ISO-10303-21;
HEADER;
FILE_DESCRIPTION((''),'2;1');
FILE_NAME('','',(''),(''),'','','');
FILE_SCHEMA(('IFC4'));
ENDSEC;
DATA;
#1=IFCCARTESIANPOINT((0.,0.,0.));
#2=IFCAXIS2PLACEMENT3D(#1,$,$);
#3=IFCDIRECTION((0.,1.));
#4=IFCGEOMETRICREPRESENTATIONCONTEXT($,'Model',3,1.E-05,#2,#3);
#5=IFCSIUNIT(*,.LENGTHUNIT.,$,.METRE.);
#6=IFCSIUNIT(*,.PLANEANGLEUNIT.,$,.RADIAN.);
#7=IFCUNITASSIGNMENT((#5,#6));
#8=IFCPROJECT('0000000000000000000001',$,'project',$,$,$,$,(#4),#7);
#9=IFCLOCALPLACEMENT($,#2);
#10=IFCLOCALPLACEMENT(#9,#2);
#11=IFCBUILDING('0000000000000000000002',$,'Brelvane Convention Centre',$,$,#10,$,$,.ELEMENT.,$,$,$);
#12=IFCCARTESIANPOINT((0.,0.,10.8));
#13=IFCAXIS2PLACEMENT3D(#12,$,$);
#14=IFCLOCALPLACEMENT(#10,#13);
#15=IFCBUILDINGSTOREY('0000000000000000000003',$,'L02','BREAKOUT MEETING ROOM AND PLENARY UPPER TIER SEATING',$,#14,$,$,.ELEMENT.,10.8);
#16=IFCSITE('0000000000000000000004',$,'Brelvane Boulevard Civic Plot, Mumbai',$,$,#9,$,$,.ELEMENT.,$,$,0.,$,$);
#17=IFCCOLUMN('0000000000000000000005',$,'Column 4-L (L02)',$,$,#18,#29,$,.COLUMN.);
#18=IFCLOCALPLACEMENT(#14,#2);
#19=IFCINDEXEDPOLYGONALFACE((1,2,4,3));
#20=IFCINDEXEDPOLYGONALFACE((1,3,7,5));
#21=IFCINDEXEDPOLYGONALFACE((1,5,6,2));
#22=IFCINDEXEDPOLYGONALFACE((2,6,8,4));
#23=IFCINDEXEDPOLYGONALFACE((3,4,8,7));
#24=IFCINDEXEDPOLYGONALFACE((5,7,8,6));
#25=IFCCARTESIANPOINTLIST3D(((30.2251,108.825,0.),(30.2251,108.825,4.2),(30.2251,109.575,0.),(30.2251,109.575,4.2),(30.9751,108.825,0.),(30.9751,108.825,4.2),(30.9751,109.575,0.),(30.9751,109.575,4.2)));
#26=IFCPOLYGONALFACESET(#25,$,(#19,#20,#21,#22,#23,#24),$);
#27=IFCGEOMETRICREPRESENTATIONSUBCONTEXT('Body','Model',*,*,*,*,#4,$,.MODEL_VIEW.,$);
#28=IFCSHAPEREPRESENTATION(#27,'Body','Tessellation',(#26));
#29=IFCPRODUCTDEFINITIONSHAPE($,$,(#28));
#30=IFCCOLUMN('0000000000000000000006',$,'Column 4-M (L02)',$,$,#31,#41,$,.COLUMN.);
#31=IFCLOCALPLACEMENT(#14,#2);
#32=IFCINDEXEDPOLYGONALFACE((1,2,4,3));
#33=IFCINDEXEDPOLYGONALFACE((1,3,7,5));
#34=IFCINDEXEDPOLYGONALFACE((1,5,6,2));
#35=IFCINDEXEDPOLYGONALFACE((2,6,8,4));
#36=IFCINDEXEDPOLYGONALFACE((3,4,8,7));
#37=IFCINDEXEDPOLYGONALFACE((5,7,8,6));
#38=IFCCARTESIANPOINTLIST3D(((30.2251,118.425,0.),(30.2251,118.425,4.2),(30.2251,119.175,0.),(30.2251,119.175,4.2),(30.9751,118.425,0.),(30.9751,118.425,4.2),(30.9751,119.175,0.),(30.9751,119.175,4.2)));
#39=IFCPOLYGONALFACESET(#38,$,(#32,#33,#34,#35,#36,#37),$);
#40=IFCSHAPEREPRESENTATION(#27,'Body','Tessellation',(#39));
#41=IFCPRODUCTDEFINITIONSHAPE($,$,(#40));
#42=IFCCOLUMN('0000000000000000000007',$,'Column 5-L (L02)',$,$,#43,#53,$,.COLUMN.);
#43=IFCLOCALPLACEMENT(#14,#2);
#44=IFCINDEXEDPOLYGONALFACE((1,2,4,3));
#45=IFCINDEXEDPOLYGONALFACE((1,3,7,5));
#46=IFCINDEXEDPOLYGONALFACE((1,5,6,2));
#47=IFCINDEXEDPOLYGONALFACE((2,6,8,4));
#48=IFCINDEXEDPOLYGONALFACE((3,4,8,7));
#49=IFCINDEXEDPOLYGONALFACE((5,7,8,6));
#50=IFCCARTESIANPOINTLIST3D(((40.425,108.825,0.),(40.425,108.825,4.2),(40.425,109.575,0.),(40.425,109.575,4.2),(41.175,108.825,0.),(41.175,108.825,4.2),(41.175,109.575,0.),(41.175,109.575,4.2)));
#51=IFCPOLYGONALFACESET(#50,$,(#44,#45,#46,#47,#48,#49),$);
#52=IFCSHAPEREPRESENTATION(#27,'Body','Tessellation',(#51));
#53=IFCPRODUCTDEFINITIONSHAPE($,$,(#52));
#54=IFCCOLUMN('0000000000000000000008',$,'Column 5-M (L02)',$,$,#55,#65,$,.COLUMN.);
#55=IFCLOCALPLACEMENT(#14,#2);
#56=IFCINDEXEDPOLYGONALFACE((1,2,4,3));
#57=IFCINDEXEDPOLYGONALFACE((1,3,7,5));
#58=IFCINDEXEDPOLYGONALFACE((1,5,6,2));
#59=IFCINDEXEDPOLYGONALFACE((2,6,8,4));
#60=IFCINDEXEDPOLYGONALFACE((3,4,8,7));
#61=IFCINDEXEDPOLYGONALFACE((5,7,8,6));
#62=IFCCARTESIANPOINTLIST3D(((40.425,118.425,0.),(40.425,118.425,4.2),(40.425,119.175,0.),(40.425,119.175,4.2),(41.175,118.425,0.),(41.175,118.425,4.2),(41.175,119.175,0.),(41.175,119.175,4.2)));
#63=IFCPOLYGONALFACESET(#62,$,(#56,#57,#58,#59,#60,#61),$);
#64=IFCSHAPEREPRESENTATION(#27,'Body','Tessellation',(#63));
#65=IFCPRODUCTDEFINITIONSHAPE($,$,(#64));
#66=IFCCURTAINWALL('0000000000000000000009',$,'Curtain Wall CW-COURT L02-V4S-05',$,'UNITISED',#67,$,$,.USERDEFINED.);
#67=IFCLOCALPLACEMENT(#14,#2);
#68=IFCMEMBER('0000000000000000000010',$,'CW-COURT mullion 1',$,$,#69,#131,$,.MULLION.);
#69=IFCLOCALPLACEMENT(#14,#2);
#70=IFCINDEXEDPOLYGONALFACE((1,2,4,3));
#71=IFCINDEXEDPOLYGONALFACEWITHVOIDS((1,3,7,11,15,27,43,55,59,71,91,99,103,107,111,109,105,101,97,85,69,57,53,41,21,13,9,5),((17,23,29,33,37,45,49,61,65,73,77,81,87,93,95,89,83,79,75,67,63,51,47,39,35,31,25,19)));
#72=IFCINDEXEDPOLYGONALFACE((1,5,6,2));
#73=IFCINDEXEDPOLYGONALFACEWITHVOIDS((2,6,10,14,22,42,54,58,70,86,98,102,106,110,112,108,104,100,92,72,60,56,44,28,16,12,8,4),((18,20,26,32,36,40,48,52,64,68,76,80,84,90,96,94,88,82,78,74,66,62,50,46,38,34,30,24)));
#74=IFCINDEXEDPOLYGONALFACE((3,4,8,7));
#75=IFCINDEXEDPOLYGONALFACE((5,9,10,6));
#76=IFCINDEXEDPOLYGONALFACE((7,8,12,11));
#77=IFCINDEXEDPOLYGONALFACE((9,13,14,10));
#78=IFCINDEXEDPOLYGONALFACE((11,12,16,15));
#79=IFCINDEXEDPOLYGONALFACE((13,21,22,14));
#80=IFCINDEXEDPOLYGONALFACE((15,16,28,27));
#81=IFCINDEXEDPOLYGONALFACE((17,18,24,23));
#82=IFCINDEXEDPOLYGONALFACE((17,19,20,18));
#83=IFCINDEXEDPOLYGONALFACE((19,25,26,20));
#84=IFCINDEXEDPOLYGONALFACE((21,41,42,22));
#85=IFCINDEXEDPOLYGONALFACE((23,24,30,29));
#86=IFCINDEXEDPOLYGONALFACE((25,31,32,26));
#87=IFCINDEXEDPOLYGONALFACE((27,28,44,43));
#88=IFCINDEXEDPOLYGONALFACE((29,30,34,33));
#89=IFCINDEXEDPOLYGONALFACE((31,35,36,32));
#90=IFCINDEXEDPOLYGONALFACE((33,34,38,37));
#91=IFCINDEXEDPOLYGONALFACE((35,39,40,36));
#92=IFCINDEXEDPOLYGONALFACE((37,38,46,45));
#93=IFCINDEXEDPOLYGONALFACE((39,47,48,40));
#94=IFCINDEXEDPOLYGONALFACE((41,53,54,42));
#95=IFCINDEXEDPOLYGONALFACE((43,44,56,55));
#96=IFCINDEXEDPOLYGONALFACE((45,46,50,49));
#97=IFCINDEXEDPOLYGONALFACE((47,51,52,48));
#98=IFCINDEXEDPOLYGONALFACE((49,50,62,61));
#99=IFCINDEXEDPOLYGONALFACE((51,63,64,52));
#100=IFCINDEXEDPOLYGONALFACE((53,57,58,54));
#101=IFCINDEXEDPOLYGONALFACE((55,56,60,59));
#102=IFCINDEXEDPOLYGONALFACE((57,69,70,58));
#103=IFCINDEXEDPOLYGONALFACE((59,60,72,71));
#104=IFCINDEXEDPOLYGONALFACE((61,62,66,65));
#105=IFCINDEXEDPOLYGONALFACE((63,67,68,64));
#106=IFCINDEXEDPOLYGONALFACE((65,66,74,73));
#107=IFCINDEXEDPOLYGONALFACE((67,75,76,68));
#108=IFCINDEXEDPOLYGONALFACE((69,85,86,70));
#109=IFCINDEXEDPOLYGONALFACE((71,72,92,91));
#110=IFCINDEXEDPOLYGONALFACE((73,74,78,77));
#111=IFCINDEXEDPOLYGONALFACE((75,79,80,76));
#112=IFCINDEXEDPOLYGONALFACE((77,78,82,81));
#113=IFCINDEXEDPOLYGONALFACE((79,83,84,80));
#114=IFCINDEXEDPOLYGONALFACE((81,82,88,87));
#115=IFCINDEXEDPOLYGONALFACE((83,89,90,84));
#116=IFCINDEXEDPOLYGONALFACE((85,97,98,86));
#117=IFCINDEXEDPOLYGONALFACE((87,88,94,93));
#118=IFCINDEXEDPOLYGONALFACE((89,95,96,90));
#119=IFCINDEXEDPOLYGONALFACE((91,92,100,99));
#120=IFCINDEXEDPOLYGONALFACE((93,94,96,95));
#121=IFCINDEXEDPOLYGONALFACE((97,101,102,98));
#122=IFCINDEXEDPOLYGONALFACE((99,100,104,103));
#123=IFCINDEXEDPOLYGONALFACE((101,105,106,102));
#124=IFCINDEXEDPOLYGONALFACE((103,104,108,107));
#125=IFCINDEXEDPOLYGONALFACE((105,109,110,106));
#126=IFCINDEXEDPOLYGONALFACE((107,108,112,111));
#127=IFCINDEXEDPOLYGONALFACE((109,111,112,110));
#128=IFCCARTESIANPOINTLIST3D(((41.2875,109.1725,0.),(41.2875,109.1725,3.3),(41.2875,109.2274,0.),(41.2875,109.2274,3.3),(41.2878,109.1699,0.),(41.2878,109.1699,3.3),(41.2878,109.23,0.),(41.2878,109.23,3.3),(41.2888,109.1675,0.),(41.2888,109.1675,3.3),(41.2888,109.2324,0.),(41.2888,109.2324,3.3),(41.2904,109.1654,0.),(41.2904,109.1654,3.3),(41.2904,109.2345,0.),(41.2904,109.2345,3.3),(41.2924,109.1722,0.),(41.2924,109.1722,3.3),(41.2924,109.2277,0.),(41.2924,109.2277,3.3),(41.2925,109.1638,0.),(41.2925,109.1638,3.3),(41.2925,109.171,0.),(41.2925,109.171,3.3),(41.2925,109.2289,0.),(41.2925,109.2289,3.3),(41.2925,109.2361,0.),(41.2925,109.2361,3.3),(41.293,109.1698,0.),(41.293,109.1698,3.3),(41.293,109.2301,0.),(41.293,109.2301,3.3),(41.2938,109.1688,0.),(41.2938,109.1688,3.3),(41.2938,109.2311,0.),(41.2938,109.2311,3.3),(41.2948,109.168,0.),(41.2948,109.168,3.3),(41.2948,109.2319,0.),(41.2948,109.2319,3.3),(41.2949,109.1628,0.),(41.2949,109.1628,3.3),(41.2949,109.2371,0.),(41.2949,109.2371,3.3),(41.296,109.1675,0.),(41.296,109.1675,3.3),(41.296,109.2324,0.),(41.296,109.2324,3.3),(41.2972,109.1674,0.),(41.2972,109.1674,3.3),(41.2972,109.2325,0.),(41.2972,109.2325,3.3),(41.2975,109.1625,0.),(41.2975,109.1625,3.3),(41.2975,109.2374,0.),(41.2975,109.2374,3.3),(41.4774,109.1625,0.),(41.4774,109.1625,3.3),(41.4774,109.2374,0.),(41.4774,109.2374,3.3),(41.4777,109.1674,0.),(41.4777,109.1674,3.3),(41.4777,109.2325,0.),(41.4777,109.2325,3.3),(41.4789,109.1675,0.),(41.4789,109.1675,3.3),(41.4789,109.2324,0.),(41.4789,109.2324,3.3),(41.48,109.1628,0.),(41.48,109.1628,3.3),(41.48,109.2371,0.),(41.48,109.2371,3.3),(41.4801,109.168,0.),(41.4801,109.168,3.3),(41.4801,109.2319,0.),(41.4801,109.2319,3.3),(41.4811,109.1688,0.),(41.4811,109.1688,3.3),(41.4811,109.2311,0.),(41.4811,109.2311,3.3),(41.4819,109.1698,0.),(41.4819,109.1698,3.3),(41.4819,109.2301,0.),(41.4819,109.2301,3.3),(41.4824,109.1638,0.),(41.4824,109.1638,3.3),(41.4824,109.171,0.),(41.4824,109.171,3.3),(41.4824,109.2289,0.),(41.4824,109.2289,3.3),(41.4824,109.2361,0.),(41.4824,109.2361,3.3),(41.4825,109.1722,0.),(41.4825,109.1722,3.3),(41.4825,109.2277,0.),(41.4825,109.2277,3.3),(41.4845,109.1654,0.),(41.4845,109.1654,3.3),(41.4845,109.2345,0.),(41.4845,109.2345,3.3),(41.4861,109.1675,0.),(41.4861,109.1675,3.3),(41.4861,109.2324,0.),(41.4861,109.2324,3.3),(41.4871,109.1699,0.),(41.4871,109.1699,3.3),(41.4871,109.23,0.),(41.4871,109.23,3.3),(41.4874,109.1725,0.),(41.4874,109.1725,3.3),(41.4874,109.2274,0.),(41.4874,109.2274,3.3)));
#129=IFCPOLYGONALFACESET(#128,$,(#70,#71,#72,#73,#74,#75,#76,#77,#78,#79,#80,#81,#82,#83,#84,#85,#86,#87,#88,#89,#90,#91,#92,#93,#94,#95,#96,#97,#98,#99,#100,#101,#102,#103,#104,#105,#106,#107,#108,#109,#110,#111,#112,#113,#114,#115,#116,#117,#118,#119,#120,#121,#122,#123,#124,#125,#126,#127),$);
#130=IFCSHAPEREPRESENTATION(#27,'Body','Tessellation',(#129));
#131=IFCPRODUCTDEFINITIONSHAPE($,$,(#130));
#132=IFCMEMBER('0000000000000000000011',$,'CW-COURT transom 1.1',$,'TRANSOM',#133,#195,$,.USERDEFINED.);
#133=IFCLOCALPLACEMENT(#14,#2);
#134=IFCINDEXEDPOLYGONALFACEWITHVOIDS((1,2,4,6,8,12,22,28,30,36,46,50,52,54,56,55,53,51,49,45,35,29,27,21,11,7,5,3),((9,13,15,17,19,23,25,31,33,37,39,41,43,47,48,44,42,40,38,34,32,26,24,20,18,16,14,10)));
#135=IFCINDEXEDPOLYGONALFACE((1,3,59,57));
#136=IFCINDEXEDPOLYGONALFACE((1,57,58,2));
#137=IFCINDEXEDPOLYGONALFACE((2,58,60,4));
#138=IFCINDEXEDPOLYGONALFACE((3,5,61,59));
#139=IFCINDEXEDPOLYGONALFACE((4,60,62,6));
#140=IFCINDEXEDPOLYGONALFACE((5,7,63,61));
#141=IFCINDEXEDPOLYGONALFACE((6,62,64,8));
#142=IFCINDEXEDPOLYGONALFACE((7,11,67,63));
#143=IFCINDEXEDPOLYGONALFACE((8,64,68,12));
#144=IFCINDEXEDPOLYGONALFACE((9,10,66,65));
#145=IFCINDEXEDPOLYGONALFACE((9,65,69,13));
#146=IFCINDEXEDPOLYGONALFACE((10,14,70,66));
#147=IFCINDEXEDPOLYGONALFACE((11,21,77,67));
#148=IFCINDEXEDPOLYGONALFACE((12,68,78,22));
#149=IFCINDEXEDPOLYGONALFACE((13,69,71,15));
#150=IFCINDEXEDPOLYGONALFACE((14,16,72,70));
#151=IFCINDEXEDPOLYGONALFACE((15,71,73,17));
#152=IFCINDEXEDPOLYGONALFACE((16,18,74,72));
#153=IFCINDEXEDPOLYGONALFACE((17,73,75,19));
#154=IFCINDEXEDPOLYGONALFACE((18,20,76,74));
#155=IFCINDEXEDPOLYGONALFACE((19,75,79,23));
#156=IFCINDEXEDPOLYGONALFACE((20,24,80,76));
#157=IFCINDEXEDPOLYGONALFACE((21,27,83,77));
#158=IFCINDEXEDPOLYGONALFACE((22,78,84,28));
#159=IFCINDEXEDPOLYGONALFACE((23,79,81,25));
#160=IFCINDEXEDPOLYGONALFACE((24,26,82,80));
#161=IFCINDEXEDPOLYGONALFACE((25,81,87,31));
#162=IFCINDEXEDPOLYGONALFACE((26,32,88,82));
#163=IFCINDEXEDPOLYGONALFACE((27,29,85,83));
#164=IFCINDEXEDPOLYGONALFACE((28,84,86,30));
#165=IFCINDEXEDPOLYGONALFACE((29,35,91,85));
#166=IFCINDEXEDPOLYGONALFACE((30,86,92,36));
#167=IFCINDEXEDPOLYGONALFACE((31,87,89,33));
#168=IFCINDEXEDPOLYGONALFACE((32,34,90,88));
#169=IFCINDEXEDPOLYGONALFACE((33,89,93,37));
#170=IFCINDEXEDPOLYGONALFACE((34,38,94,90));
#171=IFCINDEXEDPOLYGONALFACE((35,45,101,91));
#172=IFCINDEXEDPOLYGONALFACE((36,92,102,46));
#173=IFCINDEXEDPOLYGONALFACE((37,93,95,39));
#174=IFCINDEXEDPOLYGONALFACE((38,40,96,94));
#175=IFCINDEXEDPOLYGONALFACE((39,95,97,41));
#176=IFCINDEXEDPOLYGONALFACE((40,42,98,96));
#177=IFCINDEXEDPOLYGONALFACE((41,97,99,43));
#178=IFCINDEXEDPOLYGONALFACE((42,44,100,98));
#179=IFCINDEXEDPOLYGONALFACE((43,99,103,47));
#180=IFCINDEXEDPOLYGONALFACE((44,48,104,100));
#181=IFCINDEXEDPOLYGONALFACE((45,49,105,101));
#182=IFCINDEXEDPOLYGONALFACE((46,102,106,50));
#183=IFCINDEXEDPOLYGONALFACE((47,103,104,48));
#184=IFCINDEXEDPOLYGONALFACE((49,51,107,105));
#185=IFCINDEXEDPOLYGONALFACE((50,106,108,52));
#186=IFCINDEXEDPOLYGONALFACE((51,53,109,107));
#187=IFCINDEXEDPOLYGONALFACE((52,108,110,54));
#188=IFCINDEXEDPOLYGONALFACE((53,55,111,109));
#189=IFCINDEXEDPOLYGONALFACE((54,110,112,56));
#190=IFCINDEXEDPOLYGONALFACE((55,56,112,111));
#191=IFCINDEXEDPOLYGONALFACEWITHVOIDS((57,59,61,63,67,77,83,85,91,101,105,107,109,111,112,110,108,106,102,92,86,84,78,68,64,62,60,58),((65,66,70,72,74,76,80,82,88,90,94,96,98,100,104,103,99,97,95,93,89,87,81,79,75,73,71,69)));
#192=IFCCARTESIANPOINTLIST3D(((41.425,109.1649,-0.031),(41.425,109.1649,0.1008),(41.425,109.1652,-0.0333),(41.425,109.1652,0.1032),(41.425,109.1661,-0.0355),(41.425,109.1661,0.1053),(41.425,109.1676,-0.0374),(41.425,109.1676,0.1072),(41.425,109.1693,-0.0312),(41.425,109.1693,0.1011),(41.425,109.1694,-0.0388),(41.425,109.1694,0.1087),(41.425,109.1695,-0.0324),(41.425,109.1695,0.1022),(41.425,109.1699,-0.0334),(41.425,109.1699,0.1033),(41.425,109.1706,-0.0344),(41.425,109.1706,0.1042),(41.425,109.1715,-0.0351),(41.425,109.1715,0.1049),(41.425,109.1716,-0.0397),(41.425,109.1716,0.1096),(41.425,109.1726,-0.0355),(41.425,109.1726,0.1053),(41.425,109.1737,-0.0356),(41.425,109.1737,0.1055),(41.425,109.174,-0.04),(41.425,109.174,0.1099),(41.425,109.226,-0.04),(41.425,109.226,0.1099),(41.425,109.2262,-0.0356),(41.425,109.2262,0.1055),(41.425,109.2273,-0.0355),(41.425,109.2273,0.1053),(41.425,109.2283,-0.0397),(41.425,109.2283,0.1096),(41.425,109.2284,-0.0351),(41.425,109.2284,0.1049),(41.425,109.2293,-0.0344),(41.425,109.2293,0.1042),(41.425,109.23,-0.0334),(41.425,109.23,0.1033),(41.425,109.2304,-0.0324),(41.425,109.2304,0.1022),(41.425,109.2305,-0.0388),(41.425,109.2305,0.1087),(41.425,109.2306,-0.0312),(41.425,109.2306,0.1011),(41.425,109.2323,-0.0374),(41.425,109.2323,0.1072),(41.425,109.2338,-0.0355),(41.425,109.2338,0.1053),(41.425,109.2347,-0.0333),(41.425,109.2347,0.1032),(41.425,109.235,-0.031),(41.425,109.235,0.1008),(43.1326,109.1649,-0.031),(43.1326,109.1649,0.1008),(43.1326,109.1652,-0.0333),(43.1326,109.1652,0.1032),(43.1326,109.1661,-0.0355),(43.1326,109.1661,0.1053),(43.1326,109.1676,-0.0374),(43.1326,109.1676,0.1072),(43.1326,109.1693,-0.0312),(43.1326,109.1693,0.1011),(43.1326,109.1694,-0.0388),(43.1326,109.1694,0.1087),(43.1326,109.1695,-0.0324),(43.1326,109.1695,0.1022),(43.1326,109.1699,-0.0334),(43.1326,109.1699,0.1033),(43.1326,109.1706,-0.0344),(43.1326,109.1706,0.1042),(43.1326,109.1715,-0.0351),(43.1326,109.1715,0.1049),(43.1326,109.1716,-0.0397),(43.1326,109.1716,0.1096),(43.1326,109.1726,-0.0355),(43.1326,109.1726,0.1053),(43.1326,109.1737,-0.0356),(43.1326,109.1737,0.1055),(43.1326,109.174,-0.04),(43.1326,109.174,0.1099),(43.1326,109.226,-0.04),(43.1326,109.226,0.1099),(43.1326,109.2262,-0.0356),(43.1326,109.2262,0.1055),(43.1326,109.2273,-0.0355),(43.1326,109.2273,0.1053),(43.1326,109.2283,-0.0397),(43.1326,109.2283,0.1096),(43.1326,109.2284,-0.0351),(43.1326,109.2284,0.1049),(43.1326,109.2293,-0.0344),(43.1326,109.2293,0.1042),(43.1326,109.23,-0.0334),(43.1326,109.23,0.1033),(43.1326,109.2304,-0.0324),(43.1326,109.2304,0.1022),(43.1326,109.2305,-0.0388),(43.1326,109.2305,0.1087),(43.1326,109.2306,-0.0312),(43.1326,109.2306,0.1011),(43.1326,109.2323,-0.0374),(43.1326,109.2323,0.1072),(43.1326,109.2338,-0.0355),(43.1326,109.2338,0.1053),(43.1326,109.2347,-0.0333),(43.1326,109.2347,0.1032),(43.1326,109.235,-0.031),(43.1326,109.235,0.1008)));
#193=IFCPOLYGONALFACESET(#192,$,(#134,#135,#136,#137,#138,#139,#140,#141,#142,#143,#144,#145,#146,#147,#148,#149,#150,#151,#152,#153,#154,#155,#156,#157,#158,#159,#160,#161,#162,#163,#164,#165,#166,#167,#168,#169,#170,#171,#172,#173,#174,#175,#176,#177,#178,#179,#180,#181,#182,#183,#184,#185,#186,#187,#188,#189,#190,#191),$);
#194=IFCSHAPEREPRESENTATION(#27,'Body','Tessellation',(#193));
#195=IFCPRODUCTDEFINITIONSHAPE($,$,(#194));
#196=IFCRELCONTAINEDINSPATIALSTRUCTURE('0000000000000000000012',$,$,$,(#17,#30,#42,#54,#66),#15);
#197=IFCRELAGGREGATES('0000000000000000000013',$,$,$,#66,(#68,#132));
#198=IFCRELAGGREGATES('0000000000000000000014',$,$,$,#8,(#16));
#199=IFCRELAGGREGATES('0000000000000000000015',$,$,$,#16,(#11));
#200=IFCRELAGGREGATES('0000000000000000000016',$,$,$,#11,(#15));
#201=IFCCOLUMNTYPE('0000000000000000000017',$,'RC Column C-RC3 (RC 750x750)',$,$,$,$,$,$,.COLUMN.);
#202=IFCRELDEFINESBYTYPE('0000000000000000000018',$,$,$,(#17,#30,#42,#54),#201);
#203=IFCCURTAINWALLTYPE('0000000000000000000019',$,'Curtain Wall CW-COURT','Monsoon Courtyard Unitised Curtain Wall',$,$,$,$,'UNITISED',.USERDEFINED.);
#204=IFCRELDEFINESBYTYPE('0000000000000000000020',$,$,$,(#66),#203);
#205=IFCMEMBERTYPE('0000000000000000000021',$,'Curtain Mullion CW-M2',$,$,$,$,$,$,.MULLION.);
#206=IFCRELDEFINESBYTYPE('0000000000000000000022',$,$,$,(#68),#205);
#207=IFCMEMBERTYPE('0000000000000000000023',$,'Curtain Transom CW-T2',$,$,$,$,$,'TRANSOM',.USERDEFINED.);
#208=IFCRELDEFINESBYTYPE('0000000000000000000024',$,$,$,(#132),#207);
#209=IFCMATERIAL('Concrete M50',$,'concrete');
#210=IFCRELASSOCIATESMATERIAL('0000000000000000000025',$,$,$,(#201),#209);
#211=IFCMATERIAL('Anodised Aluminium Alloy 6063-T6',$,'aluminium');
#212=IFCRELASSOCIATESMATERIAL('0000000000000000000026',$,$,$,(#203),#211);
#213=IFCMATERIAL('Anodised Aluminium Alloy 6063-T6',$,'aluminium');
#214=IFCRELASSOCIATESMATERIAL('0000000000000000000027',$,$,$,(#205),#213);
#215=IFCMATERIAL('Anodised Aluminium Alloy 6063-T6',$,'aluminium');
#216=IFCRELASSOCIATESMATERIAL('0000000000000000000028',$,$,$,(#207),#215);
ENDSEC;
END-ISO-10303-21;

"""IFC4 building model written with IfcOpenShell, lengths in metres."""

from ifc_helpers import new_model, si_unit, direction, frame, origin, origin_2d, place, context, subcontext, project, spatial, rectangle, hollow_rectangle, extrude, material, material_profile, profile_set, type_object, element, aggregate, save


model = new_model("IFC4")

# Units and contexts
model_context = context("Model", 3, precision=1e-05, world=origin(), true_north=direction((0.0, 1.0)))
body_context = subcontext(model_context, "Body", "Model", "MODEL_VIEW")
ifc_project = project(units=[si_unit("LENGTHUNIT", "METRE"), si_unit("PLANEANGLEUNIT", "RADIAN")], contexts=[model_context])

# Site, building, storey
site_placement = place(None, origin())
site = spatial("IfcSite", under=ifc_project, at=site_placement, Name="Brelvane Boulevard Civic Plot, Mumbai", CompositionType="ELEMENT", RefElevation=0.0)
building_placement = place(site_placement, origin())
building = spatial("IfcBuilding", under=site, at=building_placement, Name="Brelvane Convention Centre", CompositionType="ELEMENT")
storey_placement = place(building_placement, frame((0.0, 0.0, 10.8)))
storey = spatial("IfcBuildingStorey", under=building, at=storey_placement, Name="L02", Description="BREAKOUT MEETING ROOM AND PLENARY UPPER TIER SEATING", CompositionType="ELEMENT", Elevation=10.8)

# Columns
ifc_material_1 = material(Name="Concrete M50", Category="concrete")
ifc_material_profile_1 = material_profile(ifc_material_1, rectangle(XDim=0.75, YDim=0.75, at=origin_2d()), Name="RC 750x750")
ifc_profile_set_1 = profile_set([ifc_material_profile_1], Name="Concrete M50")
column_type = type_object("IfcColumnType", Name="RC Column C-RC3 (RC 750x750)", PredefinedType="COLUMN", material=ifc_profile_set_1)
for number, where, z_axis, x_axis, name in (
    (1, (30.6001, 109.2, 0.0), (0.0, 0.0, 1.0), (1.0, 0.0, 0.0), "Column 4-L (L02)"),
    (2, (30.6001, 118.8, 0.0), (0.0, 0.0, 1.0), (1.0, 0.0, 0.0), "Column 4-M (L02)"),
    (3, (40.8, 109.2, 0.0), (0.0, 0.0, 1.0), (1.0, 0.0, 0.0), "Column 5-L (L02)"),
    (4, (40.8, 118.8, 0.0), (0.0, 0.0, 1.0), (1.0, 0.0, 0.0), "Column 5-M (L02)"),
):
    element("IfcColumn", number, at=place(storey_placement, frame(where, z_axis=z_axis, x_axis=x_axis)), inside=storey, type_object=column_type, Name=name, PredefinedType="COLUMN", context=body_context, shape_type="SweptSolid", body=[
        extrude(rectangle(XDim=0.75, YDim=0.75, at=origin_2d()), origin(), (0.0, 0.0, 1.0), 4.2),
    ])

# Curtain wall, members
ifc_material_2 = material(Name="Anodised Aluminium Alloy 6063-T6", Category="aluminium")
curtain_wall_type = type_object("IfcCurtainWallType", Name="Curtain Wall CW-COURT", Description="Monsoon Courtyard Unitised Curtain Wall", ElementType="UNITISED", PredefinedType="USERDEFINED", material=ifc_material_2)
curtain_wall_placement = place(storey_placement, origin())
curtain_wall = element("IfcCurtainWall", 5, at=curtain_wall_placement, inside=storey, type_object=curtain_wall_type, Name="Curtain Wall CW-COURT L02-V4S-05", ObjectType="UNITISED", PredefinedType="USERDEFINED")
ifc_material_3 = material(Name="Anodised Aluminium Alloy 6063-T6", Category="aluminium")
ifc_material_profile_2 = material_profile(ifc_material_3, hollow_rectangle(XDim=0.075, YDim=0.2, WallThickness=0.0049, InnerFilletRadius=0.0049, OuterFilletRadius=0.01, at=origin_2d()), Name="ALU-M 200x75x5.0")
ifc_profile_set_2 = profile_set([ifc_material_profile_2], Name="Anodised Aluminium Alloy 6063-T6")
member_type_1 = type_object("IfcMemberType", Name="Curtain Mullion CW-M2", PredefinedType="MULLION", material=ifc_profile_set_2)
member_1_placement = place(storey_placement, frame((41.3875, 109.2, 0.0), z_axis=(0.0, 0.0, 1.0), x_axis=(0.0, 1.0, 0.0)))
member_1 = element("IfcMember", 6, at=member_1_placement, type_object=member_type_1, Name="CW-COURT mullion 1", PredefinedType="MULLION", context=body_context, shape_type="SweptSolid", body=[
    extrude(hollow_rectangle(XDim=0.075, YDim=0.2, WallThickness=0.0049, InnerFilletRadius=0.0049, OuterFilletRadius=0.01, at=origin_2d()), origin(), (0.0, 0.0, 1.0), 3.3),
])
ifc_material_4 = material(Name="Anodised Aluminium Alloy 6063-T6", Category="aluminium")
ifc_material_profile_3 = material_profile(ifc_material_4, hollow_rectangle(XDim=0.0701, YDim=0.1499, WallThickness=0.0044, InnerFilletRadius=0.0044, OuterFilletRadius=0.009, at=origin_2d()), Name="ALU-T 150x70x4.5")
ifc_profile_set_3 = profile_set([ifc_material_profile_3], Name="Anodised Aluminium Alloy 6063-T6")
member_type_2 = type_object("IfcMemberType", Name="Curtain Transom CW-T2", ElementType="TRANSOM", PredefinedType="USERDEFINED", material=ifc_profile_set_3)
member_2_placement = place(storey_placement, frame((41.425, 109.2, 0.0349), z_axis=(1.0, 0.0, 0.0), x_axis=(0.0, 1.0, 0.0)))
member_2 = element("IfcMember", 7, at=member_2_placement, type_object=member_type_2, Name="CW-COURT transom 1.1", ObjectType="TRANSOM", PredefinedType="USERDEFINED", context=body_context, shape_type="SweptSolid", body=[
    extrude(hollow_rectangle(XDim=0.0701, YDim=0.1499, WallThickness=0.0044, InnerFilletRadius=0.0044, OuterFilletRadius=0.009, at=origin_2d()), origin(), (0.0, 0.0, 1.0), 1.7075),
])

aggregate(curtain_wall, [member_1, member_2])

save(model, "model.ifc")
